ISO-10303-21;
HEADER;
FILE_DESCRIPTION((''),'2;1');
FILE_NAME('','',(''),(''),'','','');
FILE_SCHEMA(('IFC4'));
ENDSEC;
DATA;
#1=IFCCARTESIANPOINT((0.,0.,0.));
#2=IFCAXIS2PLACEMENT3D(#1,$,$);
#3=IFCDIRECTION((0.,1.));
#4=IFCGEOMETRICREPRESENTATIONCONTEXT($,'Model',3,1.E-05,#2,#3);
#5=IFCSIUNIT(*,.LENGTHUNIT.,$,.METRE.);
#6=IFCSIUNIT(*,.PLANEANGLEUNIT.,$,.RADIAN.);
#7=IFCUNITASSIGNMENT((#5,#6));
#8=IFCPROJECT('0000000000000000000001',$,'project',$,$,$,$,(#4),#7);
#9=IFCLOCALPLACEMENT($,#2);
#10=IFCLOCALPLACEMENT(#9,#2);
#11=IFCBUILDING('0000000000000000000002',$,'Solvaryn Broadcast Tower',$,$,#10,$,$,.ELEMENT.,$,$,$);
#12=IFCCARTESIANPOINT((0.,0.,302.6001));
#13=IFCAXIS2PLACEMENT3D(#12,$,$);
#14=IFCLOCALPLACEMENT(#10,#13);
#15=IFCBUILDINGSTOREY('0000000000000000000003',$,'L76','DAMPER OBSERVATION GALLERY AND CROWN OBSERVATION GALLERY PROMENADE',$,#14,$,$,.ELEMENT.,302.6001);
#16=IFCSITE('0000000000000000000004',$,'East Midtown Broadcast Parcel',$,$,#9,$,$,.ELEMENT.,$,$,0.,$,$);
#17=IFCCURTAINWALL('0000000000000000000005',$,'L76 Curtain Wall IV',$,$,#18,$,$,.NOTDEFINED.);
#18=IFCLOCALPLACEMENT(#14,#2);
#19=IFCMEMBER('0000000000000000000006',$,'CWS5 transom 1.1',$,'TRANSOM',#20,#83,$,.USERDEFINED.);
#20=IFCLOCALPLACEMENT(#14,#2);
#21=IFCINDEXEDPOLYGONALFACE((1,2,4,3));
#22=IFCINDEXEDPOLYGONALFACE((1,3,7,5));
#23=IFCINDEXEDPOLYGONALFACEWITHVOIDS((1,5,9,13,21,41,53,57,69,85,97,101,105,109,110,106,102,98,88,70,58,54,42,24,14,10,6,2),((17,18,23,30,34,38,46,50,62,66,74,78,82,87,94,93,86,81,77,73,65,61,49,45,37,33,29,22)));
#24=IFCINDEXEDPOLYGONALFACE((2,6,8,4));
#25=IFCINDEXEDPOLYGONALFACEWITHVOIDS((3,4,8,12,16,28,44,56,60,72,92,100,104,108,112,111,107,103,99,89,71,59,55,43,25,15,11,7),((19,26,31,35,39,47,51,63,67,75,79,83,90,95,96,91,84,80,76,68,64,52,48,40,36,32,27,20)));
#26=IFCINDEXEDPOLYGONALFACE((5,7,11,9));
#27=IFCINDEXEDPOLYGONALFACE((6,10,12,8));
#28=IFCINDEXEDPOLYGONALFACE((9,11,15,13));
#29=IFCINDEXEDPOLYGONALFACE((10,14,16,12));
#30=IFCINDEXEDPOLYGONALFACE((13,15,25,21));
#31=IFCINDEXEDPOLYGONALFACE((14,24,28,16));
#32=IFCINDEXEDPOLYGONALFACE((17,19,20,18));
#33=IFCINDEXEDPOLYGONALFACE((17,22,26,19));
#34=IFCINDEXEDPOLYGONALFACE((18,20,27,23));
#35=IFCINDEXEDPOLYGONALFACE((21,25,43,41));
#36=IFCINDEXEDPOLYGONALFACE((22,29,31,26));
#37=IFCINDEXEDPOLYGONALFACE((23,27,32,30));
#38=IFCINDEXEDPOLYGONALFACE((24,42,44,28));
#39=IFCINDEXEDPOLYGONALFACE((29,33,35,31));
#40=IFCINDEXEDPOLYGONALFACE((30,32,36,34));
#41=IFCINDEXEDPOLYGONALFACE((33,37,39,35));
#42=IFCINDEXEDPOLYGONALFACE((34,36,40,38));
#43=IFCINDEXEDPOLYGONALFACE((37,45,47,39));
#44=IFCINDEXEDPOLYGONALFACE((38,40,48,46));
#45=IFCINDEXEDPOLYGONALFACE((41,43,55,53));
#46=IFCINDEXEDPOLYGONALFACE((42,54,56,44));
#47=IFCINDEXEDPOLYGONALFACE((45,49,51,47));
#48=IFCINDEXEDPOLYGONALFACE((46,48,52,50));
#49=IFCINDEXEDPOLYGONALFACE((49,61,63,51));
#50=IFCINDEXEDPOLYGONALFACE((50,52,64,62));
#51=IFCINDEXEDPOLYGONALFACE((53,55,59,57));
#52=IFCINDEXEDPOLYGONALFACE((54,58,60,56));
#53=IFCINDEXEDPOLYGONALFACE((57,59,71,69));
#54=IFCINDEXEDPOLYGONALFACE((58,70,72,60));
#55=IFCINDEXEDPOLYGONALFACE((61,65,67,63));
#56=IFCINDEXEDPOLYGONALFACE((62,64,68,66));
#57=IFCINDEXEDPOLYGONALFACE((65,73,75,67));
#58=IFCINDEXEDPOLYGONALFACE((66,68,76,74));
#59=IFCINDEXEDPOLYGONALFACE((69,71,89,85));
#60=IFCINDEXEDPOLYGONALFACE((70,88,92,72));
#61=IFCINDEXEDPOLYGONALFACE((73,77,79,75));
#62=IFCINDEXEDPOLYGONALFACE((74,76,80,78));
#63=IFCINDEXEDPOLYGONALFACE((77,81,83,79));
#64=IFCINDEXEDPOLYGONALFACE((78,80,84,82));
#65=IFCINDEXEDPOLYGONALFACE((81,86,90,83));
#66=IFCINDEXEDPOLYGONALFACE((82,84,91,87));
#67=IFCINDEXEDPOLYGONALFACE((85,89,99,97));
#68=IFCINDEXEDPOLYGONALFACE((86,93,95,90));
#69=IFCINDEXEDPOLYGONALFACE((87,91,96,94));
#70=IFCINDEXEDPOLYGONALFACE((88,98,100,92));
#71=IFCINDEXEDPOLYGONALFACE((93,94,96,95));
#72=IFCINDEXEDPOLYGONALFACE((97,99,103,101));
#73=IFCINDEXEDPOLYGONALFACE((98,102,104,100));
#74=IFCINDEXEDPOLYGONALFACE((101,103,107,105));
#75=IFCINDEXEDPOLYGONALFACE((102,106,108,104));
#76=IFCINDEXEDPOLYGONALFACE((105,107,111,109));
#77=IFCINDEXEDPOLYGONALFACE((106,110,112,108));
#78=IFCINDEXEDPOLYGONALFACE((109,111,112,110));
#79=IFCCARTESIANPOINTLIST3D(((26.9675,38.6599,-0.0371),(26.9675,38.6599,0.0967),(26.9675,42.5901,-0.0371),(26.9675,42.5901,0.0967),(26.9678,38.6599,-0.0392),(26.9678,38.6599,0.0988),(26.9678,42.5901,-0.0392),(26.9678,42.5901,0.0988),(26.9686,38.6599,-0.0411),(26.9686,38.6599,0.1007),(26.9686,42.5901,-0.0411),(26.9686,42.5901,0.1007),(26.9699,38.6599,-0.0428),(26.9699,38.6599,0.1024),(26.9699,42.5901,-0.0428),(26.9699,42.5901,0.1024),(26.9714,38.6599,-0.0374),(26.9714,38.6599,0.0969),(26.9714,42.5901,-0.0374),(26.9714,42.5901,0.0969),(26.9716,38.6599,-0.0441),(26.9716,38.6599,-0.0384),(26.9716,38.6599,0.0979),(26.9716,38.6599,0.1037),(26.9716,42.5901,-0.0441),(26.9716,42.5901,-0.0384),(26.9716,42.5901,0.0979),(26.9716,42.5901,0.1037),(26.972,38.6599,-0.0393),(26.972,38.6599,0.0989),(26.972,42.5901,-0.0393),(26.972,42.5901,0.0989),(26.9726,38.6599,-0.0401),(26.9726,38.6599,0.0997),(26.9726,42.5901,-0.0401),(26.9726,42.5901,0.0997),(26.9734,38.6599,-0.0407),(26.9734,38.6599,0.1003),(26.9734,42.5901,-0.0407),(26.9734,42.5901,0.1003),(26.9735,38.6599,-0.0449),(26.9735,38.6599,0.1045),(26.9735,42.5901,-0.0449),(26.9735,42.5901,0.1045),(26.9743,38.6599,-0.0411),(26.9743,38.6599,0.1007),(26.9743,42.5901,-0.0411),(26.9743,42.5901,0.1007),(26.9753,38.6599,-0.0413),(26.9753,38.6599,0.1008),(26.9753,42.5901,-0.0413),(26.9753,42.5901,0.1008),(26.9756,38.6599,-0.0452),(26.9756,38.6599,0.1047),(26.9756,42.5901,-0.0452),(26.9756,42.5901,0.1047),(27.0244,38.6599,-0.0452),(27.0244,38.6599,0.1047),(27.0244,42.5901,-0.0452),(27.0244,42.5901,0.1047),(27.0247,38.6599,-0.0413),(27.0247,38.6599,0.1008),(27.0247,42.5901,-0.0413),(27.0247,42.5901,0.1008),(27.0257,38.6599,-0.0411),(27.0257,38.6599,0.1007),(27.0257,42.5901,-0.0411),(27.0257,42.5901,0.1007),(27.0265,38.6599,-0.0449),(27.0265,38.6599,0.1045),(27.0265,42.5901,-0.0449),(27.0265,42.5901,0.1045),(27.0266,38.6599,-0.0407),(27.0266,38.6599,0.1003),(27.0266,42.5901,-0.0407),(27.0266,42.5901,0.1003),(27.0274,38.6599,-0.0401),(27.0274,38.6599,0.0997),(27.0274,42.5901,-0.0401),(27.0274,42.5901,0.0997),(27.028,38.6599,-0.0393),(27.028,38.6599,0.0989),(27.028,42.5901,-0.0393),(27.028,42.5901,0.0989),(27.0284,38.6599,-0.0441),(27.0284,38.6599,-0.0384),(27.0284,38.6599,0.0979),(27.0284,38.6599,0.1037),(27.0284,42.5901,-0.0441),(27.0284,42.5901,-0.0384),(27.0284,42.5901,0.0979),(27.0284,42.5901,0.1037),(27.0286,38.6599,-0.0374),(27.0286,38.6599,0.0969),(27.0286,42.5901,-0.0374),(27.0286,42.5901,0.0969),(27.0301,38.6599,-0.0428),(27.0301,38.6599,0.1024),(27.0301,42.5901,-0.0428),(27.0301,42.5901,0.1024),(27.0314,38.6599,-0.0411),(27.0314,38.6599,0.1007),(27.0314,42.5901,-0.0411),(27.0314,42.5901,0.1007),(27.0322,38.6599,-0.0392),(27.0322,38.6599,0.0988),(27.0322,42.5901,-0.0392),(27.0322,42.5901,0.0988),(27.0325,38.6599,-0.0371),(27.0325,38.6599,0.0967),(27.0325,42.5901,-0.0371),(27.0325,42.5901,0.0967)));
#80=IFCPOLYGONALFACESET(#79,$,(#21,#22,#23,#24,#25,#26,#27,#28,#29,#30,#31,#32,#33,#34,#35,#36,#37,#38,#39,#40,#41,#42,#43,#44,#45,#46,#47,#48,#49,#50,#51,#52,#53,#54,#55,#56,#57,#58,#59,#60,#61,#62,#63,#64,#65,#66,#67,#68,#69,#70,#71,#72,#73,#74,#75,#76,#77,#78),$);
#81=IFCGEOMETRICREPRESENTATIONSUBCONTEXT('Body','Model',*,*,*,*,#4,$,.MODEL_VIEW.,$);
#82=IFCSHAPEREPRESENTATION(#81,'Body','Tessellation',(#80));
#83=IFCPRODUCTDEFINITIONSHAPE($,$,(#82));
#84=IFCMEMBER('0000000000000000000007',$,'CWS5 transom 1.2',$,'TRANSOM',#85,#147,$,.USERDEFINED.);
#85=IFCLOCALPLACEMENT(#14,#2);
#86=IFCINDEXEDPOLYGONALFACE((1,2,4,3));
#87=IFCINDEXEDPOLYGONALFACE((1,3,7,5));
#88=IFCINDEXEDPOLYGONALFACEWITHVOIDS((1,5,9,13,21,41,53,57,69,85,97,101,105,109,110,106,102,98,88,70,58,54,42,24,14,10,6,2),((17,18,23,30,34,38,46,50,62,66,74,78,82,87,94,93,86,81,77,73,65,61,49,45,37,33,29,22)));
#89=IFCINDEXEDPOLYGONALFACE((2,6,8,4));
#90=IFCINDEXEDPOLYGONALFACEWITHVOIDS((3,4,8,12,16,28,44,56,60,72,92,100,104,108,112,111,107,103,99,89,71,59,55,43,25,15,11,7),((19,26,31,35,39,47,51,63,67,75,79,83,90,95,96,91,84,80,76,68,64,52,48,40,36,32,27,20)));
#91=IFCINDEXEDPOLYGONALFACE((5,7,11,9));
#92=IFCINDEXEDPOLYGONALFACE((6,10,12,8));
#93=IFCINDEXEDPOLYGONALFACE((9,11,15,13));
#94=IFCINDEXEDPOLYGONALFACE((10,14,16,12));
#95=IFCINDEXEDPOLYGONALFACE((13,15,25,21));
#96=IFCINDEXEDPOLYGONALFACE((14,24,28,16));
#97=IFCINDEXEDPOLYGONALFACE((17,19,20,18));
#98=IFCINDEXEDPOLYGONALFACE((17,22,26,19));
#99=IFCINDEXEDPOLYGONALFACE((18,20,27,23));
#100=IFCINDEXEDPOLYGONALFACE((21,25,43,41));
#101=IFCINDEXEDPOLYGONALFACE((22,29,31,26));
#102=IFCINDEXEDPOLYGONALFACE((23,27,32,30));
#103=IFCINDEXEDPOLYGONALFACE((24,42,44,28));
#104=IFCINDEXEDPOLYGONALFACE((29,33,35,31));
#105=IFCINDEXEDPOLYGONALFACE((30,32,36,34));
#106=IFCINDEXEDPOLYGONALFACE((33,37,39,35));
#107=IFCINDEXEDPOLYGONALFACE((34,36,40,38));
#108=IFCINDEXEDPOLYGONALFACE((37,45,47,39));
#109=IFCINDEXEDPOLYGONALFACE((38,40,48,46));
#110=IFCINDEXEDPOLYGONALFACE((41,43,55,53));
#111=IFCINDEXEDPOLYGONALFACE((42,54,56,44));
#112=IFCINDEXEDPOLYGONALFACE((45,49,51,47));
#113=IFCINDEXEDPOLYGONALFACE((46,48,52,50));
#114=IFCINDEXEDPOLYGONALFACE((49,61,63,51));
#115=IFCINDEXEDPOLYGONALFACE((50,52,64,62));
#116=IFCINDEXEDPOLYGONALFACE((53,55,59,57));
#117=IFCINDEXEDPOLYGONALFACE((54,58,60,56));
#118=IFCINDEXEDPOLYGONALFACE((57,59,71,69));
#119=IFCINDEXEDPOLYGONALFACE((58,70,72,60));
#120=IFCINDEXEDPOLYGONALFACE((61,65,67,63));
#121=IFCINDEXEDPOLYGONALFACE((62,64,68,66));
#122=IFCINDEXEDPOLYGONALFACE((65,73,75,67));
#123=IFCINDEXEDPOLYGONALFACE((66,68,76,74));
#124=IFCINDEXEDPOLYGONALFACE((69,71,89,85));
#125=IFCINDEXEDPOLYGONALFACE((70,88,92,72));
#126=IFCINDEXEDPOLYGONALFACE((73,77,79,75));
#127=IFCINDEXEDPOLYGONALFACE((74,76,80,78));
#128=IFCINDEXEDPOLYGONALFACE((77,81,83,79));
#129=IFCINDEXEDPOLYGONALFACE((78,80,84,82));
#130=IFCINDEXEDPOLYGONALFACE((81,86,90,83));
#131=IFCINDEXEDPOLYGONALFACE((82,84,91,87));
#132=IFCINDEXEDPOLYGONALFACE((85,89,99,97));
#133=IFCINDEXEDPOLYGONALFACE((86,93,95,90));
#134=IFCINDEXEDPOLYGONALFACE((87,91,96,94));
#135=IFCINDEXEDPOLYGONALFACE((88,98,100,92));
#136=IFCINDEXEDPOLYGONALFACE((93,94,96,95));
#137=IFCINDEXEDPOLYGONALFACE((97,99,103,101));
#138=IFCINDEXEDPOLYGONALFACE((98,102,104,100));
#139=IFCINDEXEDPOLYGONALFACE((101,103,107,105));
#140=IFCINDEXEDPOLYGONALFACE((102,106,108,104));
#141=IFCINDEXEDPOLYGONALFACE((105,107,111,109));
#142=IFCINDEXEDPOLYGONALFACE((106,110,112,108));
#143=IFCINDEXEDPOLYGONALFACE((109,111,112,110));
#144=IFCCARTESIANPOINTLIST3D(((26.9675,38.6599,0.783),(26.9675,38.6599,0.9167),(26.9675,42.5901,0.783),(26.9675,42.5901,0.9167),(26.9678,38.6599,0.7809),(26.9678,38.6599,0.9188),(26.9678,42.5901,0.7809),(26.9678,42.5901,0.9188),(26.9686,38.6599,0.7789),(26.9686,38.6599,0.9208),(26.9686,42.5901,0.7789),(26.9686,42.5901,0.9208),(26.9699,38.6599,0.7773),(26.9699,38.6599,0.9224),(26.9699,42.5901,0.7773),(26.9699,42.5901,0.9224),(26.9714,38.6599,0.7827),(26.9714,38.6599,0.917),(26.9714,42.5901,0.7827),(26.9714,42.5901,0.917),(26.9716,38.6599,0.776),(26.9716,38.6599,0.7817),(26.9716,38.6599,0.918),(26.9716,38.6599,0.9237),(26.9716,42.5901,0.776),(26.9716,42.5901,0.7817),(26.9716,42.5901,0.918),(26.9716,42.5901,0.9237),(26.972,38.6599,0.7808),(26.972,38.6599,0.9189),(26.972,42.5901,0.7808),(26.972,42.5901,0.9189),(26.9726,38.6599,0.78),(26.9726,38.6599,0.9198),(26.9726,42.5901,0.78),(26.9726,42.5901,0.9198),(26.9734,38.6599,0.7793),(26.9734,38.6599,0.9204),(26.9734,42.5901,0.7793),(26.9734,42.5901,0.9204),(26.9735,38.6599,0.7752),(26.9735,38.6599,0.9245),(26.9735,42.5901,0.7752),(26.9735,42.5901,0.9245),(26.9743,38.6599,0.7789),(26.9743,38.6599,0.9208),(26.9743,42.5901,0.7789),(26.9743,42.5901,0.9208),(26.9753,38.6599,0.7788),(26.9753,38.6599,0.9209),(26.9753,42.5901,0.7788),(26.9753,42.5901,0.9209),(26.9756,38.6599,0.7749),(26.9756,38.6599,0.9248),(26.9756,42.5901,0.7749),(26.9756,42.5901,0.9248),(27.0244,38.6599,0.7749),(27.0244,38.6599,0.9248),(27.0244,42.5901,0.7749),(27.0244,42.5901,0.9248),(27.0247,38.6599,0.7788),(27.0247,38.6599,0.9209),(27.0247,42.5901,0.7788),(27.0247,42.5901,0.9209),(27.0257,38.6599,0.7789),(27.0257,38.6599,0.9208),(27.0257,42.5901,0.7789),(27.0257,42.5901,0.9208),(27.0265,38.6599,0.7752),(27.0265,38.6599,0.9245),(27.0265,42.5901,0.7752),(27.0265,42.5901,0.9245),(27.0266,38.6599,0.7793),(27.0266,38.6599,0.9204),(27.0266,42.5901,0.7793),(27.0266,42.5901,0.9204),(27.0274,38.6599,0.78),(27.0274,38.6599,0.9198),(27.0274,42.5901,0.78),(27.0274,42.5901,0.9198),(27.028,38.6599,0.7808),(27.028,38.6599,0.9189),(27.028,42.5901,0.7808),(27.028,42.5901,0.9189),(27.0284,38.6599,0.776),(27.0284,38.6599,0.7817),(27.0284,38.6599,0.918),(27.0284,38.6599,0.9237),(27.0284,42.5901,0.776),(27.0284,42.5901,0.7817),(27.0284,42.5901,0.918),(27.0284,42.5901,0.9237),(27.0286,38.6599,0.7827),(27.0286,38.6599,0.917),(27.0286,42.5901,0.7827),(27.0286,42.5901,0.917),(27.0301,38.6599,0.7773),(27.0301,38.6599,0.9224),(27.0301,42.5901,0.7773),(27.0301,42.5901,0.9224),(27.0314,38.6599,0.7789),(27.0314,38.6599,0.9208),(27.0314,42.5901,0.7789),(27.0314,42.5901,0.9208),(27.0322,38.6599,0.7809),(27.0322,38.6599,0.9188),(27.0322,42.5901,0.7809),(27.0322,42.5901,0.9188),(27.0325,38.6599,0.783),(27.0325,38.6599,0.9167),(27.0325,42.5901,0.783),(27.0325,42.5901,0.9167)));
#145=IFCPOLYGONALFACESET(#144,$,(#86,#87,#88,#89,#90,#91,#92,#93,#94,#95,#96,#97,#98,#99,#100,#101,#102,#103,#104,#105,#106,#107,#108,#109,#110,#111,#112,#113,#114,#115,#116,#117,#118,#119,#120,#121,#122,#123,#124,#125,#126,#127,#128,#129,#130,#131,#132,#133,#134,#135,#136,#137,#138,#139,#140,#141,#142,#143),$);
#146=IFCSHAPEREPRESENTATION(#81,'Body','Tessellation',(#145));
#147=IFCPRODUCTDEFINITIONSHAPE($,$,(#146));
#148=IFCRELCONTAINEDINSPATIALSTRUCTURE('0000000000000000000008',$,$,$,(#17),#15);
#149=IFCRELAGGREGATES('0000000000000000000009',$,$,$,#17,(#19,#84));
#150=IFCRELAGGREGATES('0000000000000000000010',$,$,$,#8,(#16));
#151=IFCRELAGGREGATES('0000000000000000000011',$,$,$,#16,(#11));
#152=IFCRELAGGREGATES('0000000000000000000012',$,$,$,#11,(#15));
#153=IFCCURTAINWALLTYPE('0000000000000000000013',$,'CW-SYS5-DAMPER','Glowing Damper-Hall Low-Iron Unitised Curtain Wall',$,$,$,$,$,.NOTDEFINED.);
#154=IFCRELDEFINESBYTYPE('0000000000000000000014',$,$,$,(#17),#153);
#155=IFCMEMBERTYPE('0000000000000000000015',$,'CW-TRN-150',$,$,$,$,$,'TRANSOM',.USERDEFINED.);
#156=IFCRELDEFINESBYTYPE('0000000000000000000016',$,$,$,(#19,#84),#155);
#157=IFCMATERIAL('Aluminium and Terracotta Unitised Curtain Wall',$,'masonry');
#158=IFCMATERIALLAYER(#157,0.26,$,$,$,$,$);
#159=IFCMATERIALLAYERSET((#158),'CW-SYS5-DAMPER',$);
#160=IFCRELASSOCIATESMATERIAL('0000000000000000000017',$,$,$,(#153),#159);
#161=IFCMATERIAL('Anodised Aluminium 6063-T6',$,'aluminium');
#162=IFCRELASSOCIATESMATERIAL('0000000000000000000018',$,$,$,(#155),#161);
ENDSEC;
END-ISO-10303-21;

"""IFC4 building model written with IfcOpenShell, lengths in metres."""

from ifc_helpers import new_model, si_unit, direction, frame, origin, origin_2d, place, context, subcontext, project, spatial, hollow_rectangle, extrude, material, layer, layer_set, material_profile, profile_set, type_object, element, aggregate, save


model = new_model("IFC4")

# Units and contexts
model_context = context("Model", 3, precision=1e-05, world=origin(), true_north=direction((0.0, 1.0)))
body_context = subcontext(model_context, "Body", "Model", "MODEL_VIEW")
ifc_project = project(units=[si_unit("LENGTHUNIT", "METRE"), si_unit("PLANEANGLEUNIT", "RADIAN")], contexts=[model_context])

# Site, building, storey
site_placement = place(None, origin())
site = spatial("IfcSite", under=ifc_project, at=site_placement, Name="East Midtown Broadcast Parcel", CompositionType="ELEMENT", RefElevation=0.0)
building_placement = place(site_placement, origin())
building = spatial("IfcBuilding", under=site, at=building_placement, Name="Solvaryn Broadcast Tower", CompositionType="ELEMENT")
storey_placement = place(building_placement, frame((0.0, 0.0, 302.6001)))
storey = spatial("IfcBuildingStorey", under=building, at=storey_placement, Name="L76", Description="DAMPER OBSERVATION GALLERY AND CROWN OBSERVATION GALLERY PROMENADE", CompositionType="ELEMENT", Elevation=302.6001)

# Curtain wall
ifc_material_1 = material(Name="Aluminium and Terracotta Unitised Curtain Wall", Category="masonry")
ifc_layer_1 = layer(ifc_material_1, 0.26)
ifc_layer_set_1 = layer_set([ifc_layer_1], Name="CW-SYS5-DAMPER")
curtain_wall_type = type_object("IfcCurtainWallType", Name="CW-SYS5-DAMPER", Description="Glowing Damper-Hall Low-Iron Unitised Curtain Wall", PredefinedType="NOTDEFINED", material=ifc_layer_set_1)
curtain_wall_1_placement = place(storey_placement, origin())
curtain_wall_1 = element("IfcCurtainWall", 1, at=curtain_wall_1_placement, inside=storey, type_object=curtain_wall_type, Name="L76 Curtain Wall IV", PredefinedType="NOTDEFINED")

# Members
ifc_material_2 = material(Name="Anodised Aluminium 6063-T6", Category="aluminium")
ifc_material_profile_1 = material_profile(ifc_material_2, hollow_rectangle(XDim=0.0649, YDim=0.1499, WallThickness=0.0039, InnerFilletRadius=0.0039, OuterFilletRadius=0.0081, at=origin_2d()))
ifc_profile_set_1 = profile_set([ifc_material_profile_1], Name="Anodised Aluminium 6063-T6")
member_type_1 = type_object("IfcMemberType", Name="CW-TRN-150", ElementType="TRANSOM", PredefinedType="USERDEFINED", material=ifc_profile_set_1)
member_1_placement = place(storey_placement, frame((27.0, 42.5901, 0.0298), z_axis=(0.0, -1.0, 0.0), x_axis=(1.0, 0.0, 0.0)))
member_1 = element("IfcMember", 2, at=member_1_placement, type_object=member_type_1, Name="CWS5 transom 1.1", ObjectType="TRANSOM", PredefinedType="USERDEFINED", context=body_context, shape_type="SweptSolid", body=[
    extrude(hollow_rectangle(XDim=0.0649, YDim=0.1499, WallThickness=0.0039, InnerFilletRadius=0.0039, OuterFilletRadius=0.0081, at=origin_2d()), origin(), (0.0, 0.0, 1.0), 3.9302),
])
member_2_placement = place(storey_placement, frame((27.0, 42.5901, 0.8499), z_axis=(0.0, -1.0, 0.0), x_axis=(1.0, 0.0, 0.0)))
member_2 = element("IfcMember", 3, at=member_2_placement, type_object=member_type_1, Name="CWS5 transom 1.2", ObjectType="TRANSOM", PredefinedType="USERDEFINED", context=body_context, shape_type="SweptSolid", body=[
    extrude(hollow_rectangle(XDim=0.0649, YDim=0.1499, WallThickness=0.0039, InnerFilletRadius=0.0039, OuterFilletRadius=0.0081, at=origin_2d()), origin(), (0.0, 0.0, 1.0), 3.9302),
])

aggregate(curtain_wall_1, [member_1, member_2])

save(model, "model.ifc")
